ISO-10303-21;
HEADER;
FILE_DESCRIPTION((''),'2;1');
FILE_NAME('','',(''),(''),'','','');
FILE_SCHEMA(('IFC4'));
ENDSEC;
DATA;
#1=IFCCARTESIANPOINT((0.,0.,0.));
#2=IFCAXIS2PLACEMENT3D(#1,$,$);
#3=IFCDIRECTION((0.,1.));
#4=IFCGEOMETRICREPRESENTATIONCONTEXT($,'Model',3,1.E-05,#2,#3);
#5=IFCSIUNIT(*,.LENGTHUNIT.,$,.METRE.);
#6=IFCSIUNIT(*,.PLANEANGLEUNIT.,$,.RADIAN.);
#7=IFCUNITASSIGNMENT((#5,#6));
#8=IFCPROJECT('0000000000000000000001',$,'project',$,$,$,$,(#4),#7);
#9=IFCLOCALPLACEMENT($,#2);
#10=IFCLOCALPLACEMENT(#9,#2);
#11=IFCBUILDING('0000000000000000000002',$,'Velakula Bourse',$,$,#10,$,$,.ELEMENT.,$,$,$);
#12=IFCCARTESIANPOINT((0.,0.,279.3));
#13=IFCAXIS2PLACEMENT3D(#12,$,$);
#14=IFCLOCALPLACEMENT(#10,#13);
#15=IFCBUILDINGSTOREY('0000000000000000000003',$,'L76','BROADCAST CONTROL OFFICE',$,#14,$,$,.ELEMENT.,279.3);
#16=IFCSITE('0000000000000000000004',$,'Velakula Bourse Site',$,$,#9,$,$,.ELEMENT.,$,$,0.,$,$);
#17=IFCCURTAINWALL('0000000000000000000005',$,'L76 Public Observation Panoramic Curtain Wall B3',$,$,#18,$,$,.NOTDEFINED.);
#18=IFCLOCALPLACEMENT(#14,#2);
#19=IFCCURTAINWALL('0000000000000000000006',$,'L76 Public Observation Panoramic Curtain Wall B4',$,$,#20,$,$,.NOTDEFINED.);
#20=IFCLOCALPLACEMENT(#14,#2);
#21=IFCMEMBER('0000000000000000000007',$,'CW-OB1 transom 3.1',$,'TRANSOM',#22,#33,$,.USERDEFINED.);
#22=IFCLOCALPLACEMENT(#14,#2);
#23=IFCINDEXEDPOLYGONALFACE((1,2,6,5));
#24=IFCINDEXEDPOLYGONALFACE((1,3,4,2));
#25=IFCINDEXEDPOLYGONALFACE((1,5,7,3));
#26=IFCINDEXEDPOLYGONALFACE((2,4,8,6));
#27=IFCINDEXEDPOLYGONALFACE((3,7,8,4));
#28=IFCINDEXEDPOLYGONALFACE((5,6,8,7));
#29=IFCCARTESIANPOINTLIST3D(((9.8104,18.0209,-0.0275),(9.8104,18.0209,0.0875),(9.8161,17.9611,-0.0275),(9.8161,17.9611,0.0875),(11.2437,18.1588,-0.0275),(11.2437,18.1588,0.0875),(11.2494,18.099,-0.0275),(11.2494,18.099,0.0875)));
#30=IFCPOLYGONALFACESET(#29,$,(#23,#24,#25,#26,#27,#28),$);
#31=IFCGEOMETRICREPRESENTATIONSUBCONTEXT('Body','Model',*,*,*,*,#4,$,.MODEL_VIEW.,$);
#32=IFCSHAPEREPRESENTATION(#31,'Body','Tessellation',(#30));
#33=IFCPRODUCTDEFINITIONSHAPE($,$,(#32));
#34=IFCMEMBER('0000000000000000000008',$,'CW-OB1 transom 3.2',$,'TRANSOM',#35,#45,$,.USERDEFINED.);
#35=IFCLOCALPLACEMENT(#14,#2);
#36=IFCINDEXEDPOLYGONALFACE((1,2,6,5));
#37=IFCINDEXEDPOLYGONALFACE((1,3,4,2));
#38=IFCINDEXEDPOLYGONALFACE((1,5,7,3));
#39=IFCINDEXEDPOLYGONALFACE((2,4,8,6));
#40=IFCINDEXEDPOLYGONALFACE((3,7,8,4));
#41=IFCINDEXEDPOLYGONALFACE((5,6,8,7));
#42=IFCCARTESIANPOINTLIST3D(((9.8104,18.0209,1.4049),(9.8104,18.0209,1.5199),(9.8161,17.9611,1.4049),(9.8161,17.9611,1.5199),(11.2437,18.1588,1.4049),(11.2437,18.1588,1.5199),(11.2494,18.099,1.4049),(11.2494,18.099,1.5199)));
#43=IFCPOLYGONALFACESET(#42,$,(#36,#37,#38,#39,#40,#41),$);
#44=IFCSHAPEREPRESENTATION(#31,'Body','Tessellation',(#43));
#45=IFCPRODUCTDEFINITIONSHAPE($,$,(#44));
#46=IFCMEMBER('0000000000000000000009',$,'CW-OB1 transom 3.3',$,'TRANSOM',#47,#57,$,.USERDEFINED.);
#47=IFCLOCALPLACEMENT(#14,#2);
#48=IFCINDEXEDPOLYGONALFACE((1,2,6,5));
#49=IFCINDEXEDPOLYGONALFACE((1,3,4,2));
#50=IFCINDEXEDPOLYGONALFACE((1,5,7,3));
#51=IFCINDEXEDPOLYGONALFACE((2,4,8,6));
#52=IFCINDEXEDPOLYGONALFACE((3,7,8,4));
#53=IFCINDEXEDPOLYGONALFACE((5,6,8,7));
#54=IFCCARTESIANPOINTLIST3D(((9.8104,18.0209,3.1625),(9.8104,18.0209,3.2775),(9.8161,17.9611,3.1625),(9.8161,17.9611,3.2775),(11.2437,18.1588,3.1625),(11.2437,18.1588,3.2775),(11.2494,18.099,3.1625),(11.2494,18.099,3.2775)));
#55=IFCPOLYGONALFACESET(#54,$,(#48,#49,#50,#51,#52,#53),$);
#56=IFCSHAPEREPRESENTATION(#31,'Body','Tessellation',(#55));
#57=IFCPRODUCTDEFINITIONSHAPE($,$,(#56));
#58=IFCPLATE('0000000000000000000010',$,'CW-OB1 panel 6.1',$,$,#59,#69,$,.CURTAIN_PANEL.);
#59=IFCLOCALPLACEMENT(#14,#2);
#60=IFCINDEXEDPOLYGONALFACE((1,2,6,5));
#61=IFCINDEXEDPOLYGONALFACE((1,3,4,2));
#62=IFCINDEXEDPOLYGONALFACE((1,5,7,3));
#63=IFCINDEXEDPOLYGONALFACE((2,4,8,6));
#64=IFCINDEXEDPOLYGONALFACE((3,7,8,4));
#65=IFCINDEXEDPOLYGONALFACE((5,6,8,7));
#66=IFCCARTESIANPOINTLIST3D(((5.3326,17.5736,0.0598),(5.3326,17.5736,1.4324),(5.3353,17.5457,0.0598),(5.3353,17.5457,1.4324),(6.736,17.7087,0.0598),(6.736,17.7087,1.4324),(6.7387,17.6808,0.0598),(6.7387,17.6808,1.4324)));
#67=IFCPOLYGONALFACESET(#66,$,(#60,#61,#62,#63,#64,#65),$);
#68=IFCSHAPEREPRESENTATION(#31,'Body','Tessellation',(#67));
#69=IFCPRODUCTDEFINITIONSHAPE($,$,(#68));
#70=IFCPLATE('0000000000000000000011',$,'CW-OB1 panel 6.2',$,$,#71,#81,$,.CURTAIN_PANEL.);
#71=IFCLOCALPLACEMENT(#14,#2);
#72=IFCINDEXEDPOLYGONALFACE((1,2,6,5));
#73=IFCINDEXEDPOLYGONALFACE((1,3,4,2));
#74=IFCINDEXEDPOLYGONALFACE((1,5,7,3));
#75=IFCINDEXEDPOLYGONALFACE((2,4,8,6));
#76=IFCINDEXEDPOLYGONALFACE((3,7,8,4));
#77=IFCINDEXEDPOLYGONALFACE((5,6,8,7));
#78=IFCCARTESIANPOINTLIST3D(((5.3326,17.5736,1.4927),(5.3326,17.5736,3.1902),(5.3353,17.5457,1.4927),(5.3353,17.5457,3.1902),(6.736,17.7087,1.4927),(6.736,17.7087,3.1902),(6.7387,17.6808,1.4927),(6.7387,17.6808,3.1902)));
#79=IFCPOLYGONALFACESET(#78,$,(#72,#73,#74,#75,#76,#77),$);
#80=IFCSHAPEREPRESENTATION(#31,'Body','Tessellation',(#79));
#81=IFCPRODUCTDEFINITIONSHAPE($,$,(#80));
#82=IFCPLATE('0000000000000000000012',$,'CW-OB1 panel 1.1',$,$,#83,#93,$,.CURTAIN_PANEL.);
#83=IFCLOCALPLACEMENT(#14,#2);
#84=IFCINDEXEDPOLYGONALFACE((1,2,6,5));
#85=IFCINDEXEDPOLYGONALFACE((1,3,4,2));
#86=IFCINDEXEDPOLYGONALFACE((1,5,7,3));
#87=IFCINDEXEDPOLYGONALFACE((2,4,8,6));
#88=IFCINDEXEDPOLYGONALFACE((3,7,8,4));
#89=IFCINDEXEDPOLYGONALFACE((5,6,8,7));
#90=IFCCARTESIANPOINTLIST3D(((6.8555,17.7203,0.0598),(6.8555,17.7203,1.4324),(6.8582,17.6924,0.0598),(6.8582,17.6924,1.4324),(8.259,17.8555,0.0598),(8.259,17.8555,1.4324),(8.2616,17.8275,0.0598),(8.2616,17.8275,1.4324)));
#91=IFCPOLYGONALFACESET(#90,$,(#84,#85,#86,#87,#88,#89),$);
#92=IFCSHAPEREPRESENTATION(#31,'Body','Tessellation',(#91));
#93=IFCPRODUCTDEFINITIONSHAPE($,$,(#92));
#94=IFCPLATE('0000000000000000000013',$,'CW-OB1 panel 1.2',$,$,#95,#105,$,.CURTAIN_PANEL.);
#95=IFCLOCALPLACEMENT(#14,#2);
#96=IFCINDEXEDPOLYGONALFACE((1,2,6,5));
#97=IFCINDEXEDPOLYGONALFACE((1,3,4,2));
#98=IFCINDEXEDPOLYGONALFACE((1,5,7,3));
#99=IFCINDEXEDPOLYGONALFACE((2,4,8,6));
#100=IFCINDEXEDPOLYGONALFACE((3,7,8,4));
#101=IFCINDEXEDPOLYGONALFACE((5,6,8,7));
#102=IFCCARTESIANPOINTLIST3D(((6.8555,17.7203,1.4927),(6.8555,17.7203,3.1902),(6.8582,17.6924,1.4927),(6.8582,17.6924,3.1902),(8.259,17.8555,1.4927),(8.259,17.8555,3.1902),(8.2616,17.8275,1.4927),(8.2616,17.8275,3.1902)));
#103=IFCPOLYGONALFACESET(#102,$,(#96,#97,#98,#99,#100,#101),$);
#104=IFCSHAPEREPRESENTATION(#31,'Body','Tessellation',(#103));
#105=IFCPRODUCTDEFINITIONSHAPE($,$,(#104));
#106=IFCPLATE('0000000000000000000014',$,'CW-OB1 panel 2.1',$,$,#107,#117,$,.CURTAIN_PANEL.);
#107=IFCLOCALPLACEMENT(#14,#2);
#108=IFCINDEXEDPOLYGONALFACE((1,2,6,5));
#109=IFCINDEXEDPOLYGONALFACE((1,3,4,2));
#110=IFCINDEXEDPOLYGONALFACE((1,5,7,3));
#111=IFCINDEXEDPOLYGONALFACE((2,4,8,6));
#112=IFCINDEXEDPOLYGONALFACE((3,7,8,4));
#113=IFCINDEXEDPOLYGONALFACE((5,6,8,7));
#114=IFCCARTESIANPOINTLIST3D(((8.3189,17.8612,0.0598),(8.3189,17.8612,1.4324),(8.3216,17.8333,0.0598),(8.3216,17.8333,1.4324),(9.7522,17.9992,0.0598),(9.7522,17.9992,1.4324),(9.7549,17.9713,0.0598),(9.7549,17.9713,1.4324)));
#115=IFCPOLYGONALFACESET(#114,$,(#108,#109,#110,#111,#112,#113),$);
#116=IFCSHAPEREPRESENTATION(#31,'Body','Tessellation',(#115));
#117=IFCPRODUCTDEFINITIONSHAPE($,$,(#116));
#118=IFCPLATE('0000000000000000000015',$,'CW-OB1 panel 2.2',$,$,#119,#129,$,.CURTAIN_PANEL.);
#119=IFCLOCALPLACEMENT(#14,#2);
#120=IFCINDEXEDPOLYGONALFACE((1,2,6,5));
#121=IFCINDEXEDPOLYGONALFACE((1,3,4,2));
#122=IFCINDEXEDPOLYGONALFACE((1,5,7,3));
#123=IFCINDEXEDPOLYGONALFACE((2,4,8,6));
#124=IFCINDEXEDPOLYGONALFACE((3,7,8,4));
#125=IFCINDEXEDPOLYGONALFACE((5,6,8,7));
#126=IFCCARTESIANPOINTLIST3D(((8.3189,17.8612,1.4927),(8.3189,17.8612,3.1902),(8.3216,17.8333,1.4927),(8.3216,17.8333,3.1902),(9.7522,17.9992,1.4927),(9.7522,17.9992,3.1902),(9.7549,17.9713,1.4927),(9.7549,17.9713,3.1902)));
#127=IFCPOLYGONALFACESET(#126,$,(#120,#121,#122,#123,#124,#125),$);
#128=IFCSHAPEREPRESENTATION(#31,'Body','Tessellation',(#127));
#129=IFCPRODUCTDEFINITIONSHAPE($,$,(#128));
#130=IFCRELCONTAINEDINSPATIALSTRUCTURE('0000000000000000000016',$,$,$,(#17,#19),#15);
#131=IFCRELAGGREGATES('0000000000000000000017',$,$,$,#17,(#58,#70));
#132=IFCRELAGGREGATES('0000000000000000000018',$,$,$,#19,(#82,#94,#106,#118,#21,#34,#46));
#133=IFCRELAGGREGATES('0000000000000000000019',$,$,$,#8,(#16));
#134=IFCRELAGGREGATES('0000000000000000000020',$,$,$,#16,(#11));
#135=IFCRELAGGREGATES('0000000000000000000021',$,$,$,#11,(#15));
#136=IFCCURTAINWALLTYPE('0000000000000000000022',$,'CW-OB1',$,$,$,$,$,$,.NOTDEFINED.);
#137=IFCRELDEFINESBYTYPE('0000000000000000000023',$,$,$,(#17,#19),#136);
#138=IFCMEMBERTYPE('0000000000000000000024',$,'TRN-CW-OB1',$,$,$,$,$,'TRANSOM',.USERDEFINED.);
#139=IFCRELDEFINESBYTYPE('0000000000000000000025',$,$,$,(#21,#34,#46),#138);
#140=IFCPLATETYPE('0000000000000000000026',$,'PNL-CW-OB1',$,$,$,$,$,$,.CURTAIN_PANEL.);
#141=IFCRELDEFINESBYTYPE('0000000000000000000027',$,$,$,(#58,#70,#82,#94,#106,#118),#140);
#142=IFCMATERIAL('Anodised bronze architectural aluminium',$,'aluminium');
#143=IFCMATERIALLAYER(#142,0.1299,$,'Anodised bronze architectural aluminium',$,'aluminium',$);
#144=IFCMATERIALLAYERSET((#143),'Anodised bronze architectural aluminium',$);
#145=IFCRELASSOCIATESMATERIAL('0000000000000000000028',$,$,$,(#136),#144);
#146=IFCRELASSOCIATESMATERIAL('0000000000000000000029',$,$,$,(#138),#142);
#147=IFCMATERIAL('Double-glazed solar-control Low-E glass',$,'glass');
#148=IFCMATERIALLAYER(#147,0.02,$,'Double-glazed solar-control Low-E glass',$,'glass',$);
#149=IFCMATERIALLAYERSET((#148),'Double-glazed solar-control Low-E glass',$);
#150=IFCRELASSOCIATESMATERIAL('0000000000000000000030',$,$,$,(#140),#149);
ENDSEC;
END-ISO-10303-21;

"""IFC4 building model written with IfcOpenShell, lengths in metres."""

from ifc_helpers import new_model, si_unit, direction, frame, origin, origin_2d, place, context, subcontext, project, spatial, rectangle, extrude, material, layer, layer_set, material_profile, profile_set, type_object, element, aggregate, save


model = new_model("IFC4")

# Units and contexts
model_context = context("Model", 3, precision=1e-05, world=origin(), true_north=direction((0.0, 1.0)))
body_context = subcontext(model_context, "Body", "Model", "MODEL_VIEW")
ifc_project = project(units=[si_unit("LENGTHUNIT", "METRE"), si_unit("PLANEANGLEUNIT", "RADIAN")], contexts=[model_context])

# Site, building, storey
site_placement = place(None, origin())
site = spatial("IfcSite", under=ifc_project, at=site_placement, Name="Velakula Bourse Site", CompositionType="ELEMENT", RefElevation=0.0)
building_placement = place(site_placement, origin())
building = spatial("IfcBuilding", under=site, at=building_placement, Name="Velakula Bourse", CompositionType="ELEMENT")
storey_placement = place(building_placement, frame((0.0, 0.0, 279.3)))
storey = spatial("IfcBuildingStorey", under=building, at=storey_placement, Name="L76", Description="BROADCAST CONTROL OFFICE", CompositionType="ELEMENT", Elevation=279.3)

# Curtain walls
ifc_material_1 = material(Name="Anodised bronze architectural aluminium", Category="aluminium")
ifc_layer_1 = layer(ifc_material_1, 0.1299, Name="Anodised bronze architectural aluminium", Category="aluminium")
ifc_layer_set_1 = layer_set([ifc_layer_1], Name="Anodised bronze architectural aluminium")
curtain_wall_type = type_object("IfcCurtainWallType", Name="CW-OB1", PredefinedType="NOTDEFINED", material=ifc_layer_set_1)
curtain_wall_1_placement = place(storey_placement, origin())
curtain_wall_1 = element("IfcCurtainWall", 1, at=curtain_wall_1_placement, inside=storey, type_object=curtain_wall_type, Name="L76 Public Observation Panoramic Curtain Wall B3", PredefinedType="NOTDEFINED")
curtain_wall_2_placement = place(storey_placement, origin())
curtain_wall_2 = element("IfcCurtainWall", 2, at=curtain_wall_2_placement, inside=storey, type_object=curtain_wall_type, Name="L76 Public Observation Panoramic Curtain Wall B4", PredefinedType="NOTDEFINED")

# Members
ifc_material_profile_1 = material_profile(ifc_material_1, rectangle(XDim=0.0601, YDim=0.115, at=origin_2d()), Name="Anodised bronze architectural aluminium")
ifc_profile_set_1 = profile_set([ifc_material_profile_1], Name="Anodised bronze architectural aluminium")
member_type_1 = type_object("IfcMemberType", Name="TRN-CW-OB1", ElementType="TRANSOM", PredefinedType="USERDEFINED", material=ifc_profile_set_1)
member_1_placement = place(storey_placement, frame((9.8132, 17.991, 0.03), z_axis=(0.995401, 0.095793, 0.0), x_axis=(-0.095793, 0.995401, 0.0)))
member_1 = element("IfcMember", 3, at=member_1_placement, type_object=member_type_1, Name="CW-OB1 transom 3.1", ObjectType="TRANSOM", PredefinedType="USERDEFINED", context=body_context, shape_type="SweptSolid", body=[
    extrude(rectangle(XDim=0.0601, YDim=0.115, at=origin_2d()), origin(), (0.0, 0.0, 1.0), 1.4399),
])
member_2_placement = place(storey_placement, frame((9.8132, 17.991, 1.4624), z_axis=(0.995401, 0.095793, 0.0), x_axis=(-0.095793, 0.995401, 0.0)))
member_2 = element("IfcMember", 4, at=member_2_placement, type_object=member_type_1, Name="CW-OB1 transom 3.2", ObjectType="TRANSOM", PredefinedType="USERDEFINED", context=body_context, shape_type="SweptSolid", body=[
    extrude(rectangle(XDim=0.0601, YDim=0.115, at=origin_2d()), origin(), (0.0, 0.0, 1.0), 1.4399),
])
member_3_placement = place(storey_placement, frame((9.8132, 17.991, 3.22), z_axis=(0.995401, 0.095793, 0.0), x_axis=(-0.095793, 0.995401, 0.0)))
member_3 = element("IfcMember", 5, at=member_3_placement, type_object=member_type_1, Name="CW-OB1 transom 3.3", ObjectType="TRANSOM", PredefinedType="USERDEFINED", context=body_context, shape_type="SweptSolid", body=[
    extrude(rectangle(XDim=0.0601, YDim=0.115, at=origin_2d()), origin(), (0.0, 0.0, 1.0), 1.4399),
])

# Plates
ifc_material_2 = material(Name="Double-glazed solar-control Low-E glass", Category="glass")
ifc_layer_2 = layer(ifc_material_2, 0.02, Name="Double-glazed solar-control Low-E glass", Category="glass")
ifc_layer_set_2 = layer_set([ifc_layer_2], Name="Double-glazed solar-control Low-E glass")
plate_type = type_object("IfcPlateType", Name="PNL-CW-OB1", PredefinedType="CURTAIN_PANEL", material=ifc_layer_set_2)
plate_1_placement = place(storey_placement, frame((6.0356, 17.6272, 0.0598), z_axis=(0.0, 0.0, 1.0), x_axis=(0.995396, 0.095844, 0.0)))
plate_1 = element("IfcPlate", 6, at=plate_1_placement, type_object=plate_type, Name="CW-OB1 panel 6.1", PredefinedType="CURTAIN_PANEL", context=body_context, shape_type="SweptSolid", body=[
    extrude(rectangle(XDim=1.4099, YDim=0.0281, at=origin_2d()), origin(), (0.0, 0.0, 1.0), 1.3726),
])
plate_2_placement = place(storey_placement, frame((6.0356, 17.6272, 1.4927), z_axis=(0.0, 0.0, 1.0), x_axis=(0.995396, 0.095844, 0.0)))
plate_2 = element("IfcPlate", 7, at=plate_2_placement, type_object=plate_type, Name="CW-OB1 panel 6.2", PredefinedType="CURTAIN_PANEL", context=body_context, shape_type="SweptSolid", body=[
    extrude(rectangle(XDim=1.4099, YDim=0.0281, at=origin_2d()), origin(), (0.0, 0.0, 1.0), 1.6975),
])
aggregate(curtain_wall_1, [plate_1, plate_2])
plate_3_placement = place(storey_placement, frame((7.5586, 17.7739, 0.0598), z_axis=(0.0, 0.0, 1.0), x_axis=(0.995396, 0.095844, 0.0)))
plate_3 = element("IfcPlate", 8, at=plate_3_placement, type_object=plate_type, Name="CW-OB1 panel 1.1", PredefinedType="CURTAIN_PANEL", context=body_context, shape_type="SweptSolid", body=[
    extrude(rectangle(XDim=1.4099, YDim=0.0281, at=origin_2d()), origin(), (0.0, 0.0, 1.0), 1.3726),
])
plate_4_placement = place(storey_placement, frame((7.5586, 17.7739, 1.4927), z_axis=(0.0, 0.0, 1.0), x_axis=(0.995396, 0.095844, 0.0)))
plate_4 = element("IfcPlate", 9, at=plate_4_placement, type_object=plate_type, Name="CW-OB1 panel 1.2", PredefinedType="CURTAIN_PANEL", context=body_context, shape_type="SweptSolid", body=[
    extrude(rectangle(XDim=1.4099, YDim=0.0281, at=origin_2d()), origin(), (0.0, 0.0, 1.0), 1.6975),
])
plate_5_placement = place(storey_placement, frame((9.0369, 17.9163, 0.0598), z_axis=(0.0, 0.0, 1.0), x_axis=(0.995396, 0.095844, 0.0)))
plate_5 = element("IfcPlate", 10, at=plate_5_placement, type_object=plate_type, Name="CW-OB1 panel 2.1", PredefinedType="CURTAIN_PANEL", context=body_context, shape_type="SweptSolid", body=[
    extrude(rectangle(XDim=1.4399, YDim=0.0281, at=origin_2d()), origin(), (0.0, 0.0, 1.0), 1.3726),
])
plate_6_placement = place(storey_placement, frame((9.0369, 17.9163, 1.4927), z_axis=(0.0, 0.0, 1.0), x_axis=(0.995396, 0.095844, 0.0)))
plate_6 = element("IfcPlate", 11, at=plate_6_placement, type_object=plate_type, Name="CW-OB1 panel 2.2", PredefinedType="CURTAIN_PANEL", context=body_context, shape_type="SweptSolid", body=[
    extrude(rectangle(XDim=1.4399, YDim=0.0281, at=origin_2d()), origin(), (0.0, 0.0, 1.0), 1.6975),
])
aggregate(curtain_wall_2, [plate_3, plate_4, plate_5, plate_6, member_1, member_2, member_3])

save(model, "model.ifc")
